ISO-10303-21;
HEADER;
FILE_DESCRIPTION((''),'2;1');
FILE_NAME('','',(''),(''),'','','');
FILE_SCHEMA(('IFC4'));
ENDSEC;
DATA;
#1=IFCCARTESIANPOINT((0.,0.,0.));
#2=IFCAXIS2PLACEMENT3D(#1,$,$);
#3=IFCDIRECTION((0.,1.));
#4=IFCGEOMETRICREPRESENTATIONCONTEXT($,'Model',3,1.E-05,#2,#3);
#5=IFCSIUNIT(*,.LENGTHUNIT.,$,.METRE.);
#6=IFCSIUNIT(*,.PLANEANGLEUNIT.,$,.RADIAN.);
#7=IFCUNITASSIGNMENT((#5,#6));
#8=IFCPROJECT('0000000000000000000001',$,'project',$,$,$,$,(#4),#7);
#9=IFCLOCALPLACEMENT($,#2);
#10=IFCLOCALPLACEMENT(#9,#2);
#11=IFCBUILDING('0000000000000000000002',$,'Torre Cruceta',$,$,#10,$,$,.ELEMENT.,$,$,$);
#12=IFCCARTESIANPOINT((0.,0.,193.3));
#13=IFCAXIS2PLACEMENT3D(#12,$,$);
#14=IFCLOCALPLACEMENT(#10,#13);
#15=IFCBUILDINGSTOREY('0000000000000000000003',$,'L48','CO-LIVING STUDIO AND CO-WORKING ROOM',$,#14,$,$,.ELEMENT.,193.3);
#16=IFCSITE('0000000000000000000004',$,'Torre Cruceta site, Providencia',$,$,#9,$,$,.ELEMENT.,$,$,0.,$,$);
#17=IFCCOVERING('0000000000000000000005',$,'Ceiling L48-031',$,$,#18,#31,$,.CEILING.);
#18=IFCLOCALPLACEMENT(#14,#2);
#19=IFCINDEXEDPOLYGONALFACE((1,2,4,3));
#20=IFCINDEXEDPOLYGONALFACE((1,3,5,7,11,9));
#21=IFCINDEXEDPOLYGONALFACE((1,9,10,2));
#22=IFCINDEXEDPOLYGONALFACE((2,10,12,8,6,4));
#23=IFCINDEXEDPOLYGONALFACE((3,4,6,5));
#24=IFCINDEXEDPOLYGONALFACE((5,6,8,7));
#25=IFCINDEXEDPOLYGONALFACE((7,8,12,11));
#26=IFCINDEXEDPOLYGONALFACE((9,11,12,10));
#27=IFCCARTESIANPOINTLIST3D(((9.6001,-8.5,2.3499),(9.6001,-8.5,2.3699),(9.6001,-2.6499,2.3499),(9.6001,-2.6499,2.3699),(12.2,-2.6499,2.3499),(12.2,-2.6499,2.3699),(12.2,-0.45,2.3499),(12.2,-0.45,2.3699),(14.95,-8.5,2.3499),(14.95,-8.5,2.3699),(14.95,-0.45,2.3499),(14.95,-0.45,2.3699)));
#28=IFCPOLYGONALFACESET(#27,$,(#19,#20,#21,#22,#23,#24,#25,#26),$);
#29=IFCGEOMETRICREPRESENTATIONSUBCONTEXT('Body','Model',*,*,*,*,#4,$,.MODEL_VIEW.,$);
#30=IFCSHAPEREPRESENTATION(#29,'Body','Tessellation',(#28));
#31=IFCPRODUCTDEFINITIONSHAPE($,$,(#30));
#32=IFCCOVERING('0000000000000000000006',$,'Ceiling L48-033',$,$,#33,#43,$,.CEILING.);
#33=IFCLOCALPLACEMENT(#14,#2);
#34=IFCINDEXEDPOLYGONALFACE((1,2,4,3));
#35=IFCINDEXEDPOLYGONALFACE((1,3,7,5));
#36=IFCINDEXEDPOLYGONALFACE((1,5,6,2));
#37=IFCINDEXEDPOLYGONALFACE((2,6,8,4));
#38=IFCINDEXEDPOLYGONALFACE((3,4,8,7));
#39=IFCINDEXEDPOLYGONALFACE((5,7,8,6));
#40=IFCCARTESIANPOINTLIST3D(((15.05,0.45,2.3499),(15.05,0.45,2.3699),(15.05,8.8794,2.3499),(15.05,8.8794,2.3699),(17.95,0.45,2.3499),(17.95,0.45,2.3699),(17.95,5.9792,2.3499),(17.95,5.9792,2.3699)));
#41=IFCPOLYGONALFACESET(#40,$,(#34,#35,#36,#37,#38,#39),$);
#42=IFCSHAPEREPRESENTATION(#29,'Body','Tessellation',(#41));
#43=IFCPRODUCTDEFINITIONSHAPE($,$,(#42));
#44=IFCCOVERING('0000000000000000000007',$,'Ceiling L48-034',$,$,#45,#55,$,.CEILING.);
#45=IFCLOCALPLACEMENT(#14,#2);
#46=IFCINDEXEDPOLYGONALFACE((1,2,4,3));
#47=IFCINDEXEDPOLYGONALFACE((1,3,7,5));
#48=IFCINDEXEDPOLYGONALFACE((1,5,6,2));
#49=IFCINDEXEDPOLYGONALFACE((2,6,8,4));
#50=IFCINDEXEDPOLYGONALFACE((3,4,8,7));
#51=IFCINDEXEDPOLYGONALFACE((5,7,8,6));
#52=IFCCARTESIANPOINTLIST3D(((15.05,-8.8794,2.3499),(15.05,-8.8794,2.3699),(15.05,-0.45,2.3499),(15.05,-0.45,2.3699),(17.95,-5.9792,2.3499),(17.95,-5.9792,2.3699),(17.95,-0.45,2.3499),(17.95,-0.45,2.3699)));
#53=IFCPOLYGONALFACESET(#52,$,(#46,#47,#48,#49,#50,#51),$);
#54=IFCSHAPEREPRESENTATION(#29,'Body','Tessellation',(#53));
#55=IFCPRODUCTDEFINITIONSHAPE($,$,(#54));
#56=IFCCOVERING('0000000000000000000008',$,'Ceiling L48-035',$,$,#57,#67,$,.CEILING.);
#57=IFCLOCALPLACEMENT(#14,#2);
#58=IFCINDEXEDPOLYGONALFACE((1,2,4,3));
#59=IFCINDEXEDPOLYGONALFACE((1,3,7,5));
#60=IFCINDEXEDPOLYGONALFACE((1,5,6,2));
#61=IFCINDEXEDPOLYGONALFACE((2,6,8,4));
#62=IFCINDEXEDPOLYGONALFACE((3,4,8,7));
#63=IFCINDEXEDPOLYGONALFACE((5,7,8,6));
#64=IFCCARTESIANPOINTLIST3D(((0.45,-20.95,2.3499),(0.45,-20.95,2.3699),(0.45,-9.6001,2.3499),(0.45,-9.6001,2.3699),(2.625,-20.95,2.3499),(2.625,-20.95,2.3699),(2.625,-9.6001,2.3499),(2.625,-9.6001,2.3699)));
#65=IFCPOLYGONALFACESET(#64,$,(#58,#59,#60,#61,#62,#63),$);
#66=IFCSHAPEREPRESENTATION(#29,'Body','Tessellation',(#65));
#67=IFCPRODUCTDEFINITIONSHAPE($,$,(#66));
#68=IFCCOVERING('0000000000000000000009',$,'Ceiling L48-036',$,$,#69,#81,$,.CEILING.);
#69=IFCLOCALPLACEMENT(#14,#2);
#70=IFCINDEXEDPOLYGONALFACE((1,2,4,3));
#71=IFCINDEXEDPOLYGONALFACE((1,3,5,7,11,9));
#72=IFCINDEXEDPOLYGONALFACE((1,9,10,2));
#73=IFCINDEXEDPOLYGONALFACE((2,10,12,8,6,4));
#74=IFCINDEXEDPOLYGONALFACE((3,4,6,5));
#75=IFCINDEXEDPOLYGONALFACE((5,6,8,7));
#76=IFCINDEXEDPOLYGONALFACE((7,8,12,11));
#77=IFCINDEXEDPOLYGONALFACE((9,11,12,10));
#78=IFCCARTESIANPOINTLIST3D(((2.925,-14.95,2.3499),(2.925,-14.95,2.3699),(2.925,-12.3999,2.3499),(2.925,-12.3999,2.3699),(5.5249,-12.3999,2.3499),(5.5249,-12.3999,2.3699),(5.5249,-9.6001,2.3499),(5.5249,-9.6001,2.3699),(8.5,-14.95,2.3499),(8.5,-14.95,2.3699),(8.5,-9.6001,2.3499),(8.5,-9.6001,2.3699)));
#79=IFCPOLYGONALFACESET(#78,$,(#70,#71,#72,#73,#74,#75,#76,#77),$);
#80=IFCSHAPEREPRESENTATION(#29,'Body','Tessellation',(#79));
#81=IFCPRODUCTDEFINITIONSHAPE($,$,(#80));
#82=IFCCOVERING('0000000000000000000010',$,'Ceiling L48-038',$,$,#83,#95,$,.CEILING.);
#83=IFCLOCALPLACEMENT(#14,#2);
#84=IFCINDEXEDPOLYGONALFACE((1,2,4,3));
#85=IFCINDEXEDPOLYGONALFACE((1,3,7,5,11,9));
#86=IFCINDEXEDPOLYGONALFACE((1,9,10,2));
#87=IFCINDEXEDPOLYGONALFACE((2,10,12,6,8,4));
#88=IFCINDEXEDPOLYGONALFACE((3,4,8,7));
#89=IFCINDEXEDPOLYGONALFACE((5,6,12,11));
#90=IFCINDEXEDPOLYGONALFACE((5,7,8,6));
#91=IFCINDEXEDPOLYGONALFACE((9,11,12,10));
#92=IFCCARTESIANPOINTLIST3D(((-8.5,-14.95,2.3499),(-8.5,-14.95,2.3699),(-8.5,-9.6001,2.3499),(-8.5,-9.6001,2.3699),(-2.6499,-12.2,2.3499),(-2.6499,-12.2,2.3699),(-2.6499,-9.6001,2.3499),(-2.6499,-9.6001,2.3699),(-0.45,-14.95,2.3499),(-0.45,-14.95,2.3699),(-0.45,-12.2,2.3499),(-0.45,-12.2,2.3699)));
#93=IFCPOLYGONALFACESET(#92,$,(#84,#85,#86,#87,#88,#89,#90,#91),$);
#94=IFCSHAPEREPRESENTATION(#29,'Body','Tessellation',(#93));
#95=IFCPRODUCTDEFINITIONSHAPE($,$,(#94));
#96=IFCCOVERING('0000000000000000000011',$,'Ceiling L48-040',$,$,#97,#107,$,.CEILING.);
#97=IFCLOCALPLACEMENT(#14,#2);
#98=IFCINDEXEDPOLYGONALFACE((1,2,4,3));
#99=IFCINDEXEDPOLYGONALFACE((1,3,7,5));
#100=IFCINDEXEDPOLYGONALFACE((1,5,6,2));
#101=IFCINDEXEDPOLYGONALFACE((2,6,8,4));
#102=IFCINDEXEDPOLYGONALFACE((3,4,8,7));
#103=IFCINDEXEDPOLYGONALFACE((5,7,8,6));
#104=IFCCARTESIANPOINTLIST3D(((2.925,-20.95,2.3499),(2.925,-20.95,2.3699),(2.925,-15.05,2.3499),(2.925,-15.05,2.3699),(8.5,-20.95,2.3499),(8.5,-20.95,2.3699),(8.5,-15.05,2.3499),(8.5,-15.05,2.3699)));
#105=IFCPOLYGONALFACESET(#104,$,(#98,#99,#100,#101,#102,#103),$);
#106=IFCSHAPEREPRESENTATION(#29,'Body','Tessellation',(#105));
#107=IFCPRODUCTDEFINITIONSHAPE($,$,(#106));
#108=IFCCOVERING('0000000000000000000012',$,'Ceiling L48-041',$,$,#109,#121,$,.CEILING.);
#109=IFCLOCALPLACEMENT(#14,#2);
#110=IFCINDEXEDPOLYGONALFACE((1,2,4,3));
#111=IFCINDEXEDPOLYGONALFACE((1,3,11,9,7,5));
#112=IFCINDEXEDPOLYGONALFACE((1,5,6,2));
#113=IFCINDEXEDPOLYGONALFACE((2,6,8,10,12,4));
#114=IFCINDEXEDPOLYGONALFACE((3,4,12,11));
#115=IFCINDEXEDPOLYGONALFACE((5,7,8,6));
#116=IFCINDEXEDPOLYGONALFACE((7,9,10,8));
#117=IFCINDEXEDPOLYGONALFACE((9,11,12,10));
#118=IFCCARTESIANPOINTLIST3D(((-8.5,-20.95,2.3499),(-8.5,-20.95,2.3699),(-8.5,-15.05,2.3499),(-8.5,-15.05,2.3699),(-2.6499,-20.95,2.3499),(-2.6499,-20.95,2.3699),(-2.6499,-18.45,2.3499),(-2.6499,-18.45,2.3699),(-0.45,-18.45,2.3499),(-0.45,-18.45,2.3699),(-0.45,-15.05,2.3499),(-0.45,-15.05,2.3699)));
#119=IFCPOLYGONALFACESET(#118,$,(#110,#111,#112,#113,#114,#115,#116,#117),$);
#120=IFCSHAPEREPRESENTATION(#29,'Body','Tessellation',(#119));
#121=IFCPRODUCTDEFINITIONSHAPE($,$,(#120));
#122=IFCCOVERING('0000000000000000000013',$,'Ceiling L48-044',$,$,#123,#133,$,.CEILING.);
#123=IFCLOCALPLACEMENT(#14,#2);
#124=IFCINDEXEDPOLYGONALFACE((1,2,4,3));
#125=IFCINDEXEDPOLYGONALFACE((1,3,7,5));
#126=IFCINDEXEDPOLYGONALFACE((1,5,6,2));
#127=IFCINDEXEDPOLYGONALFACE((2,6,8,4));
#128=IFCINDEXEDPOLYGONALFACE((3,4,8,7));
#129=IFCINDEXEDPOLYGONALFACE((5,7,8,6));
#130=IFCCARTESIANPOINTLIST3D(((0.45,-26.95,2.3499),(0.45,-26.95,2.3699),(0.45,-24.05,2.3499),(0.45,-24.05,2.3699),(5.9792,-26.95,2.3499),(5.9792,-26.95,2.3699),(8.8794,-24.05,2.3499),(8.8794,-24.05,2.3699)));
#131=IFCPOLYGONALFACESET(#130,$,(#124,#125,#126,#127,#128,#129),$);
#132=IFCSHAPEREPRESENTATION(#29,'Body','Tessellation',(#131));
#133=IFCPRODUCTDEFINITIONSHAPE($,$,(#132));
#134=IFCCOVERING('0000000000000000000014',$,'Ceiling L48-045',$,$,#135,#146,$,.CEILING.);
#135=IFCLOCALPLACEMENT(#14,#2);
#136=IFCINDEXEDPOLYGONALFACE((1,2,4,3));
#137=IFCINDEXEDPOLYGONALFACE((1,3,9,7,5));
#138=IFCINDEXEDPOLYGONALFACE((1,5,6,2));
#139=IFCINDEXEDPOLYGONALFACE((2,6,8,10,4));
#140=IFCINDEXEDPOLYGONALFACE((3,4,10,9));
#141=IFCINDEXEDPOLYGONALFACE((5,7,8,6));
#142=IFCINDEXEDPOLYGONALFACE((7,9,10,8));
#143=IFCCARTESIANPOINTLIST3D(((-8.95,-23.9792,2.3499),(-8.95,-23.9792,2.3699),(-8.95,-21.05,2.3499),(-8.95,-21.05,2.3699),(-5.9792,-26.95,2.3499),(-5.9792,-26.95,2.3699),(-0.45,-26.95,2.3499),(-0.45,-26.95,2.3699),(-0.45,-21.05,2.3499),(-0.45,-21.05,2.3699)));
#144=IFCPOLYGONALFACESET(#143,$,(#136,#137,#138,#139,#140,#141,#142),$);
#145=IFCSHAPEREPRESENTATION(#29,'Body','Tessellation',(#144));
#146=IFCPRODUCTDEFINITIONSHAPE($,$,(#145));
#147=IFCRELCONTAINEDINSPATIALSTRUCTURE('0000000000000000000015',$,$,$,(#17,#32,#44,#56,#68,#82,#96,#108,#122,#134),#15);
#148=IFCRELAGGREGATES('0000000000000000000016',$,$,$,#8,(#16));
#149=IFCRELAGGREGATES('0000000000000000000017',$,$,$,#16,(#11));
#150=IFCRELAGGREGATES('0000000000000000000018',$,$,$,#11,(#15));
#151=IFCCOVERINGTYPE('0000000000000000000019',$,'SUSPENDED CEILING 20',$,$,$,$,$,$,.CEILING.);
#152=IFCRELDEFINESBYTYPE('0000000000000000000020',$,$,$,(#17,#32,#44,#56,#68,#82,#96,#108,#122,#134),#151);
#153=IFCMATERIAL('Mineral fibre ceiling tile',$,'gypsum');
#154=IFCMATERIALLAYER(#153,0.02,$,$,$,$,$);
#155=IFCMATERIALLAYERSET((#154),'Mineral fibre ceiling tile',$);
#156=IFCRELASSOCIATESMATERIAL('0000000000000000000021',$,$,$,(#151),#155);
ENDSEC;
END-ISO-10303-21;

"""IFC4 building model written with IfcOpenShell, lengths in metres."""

from ifc_helpers import new_model, si_unit, direction, frame, origin, place, context, subcontext, project, spatial, polyline, outline, extrude, material, layer, layer_set, type_object, element, save


model = new_model("IFC4")

# Units and contexts
model_context = context("Model", 3, precision=1e-05, world=origin(), true_north=direction((0.0, 1.0)))
body_context = subcontext(model_context, "Body", "Model", "MODEL_VIEW")
ifc_project = project(units=[si_unit("LENGTHUNIT", "METRE"), si_unit("PLANEANGLEUNIT", "RADIAN")], contexts=[model_context])

# Site, building, storey
site_placement = place(None, origin())
site = spatial("IfcSite", under=ifc_project, at=site_placement, Name="Torre Cruceta site, Providencia", CompositionType="ELEMENT", RefElevation=0.0)
building_placement = place(site_placement, origin())
building = spatial("IfcBuilding", under=site, at=building_placement, Name="Torre Cruceta", CompositionType="ELEMENT")
storey_placement = place(building_placement, frame((0.0, 0.0, 193.3)))
storey = spatial("IfcBuildingStorey", under=building, at=storey_placement, Name="L48", Description="CO-LIVING STUDIO AND CO-WORKING ROOM", CompositionType="ELEMENT", Elevation=193.3)

# Coverings
ifc_material_1 = material(Name="Mineral fibre ceiling tile", Category="gypsum")
ifc_layer_1 = layer(ifc_material_1, 0.02)
ifc_layer_set_1 = layer_set([ifc_layer_1], Name="Mineral fibre ceiling tile")
covering_type_1 = type_object("IfcCoveringType", Name="SUSPENDED CEILING 20", PredefinedType="CEILING", material=ifc_layer_set_1)
covering_1_placement = place(storey_placement, frame((0.0, 0.0, 2.3499)))
element("IfcCovering", 1, at=covering_1_placement, inside=storey, type_object=covering_type_1, Name="Ceiling L48-031", PredefinedType="CEILING", context=body_context, shape_type="SweptSolid", body=[
    extrude(outline(polyline([(14.95, -0.45), (14.95, -8.5), (9.6001, -8.5), (9.6001, -2.6499), (12.2, -2.6499), (12.2, -0.45), (14.95, -0.45)])), origin(), (0.0, 0.0, 1.0), 0.02),
])
covering_2_placement = place(storey_placement, frame((0.0, 0.0, 2.3499)))
element("IfcCovering", 2, at=covering_2_placement, inside=storey, type_object=covering_type_1, Name="Ceiling L48-033", PredefinedType="CEILING", context=body_context, shape_type="SweptSolid", body=[
    extrude(outline(polyline([(17.95, 5.9792), (17.95, 0.45), (15.05, 0.45), (15.05, 8.8794), (17.95, 5.9792)])), origin(), (0.0, 0.0, 1.0), 0.02),
])
covering_3_placement = place(storey_placement, frame((0.0, 0.0, 2.3499)))
element("IfcCovering", 3, at=covering_3_placement, inside=storey, type_object=covering_type_1, Name="Ceiling L48-034", PredefinedType="CEILING", context=body_context, shape_type="SweptSolid", body=[
    extrude(outline(polyline([(15.05, -8.8794), (15.05, -0.45), (17.95, -0.45), (17.95, -5.9792), (15.05, -8.8794)])), origin(), (0.0, 0.0, 1.0), 0.02),
])
covering_4_placement = place(storey_placement, frame((0.0, 0.0, 2.3499)))
element("IfcCovering", 4, at=covering_4_placement, inside=storey, type_object=covering_type_1, Name="Ceiling L48-035", PredefinedType="CEILING", context=body_context, shape_type="SweptSolid", body=[
    extrude(outline(polyline([(0.45, -9.6001), (2.625, -9.6001), (2.625, -20.95), (0.45, -20.95), (0.45, -9.6001)])), origin(), (0.0, 0.0, 1.0), 0.02),
])
covering_5_placement = place(storey_placement, frame((0.0, 0.0, 2.3499)))
element("IfcCovering", 5, at=covering_5_placement, inside=storey, type_object=covering_type_1, Name="Ceiling L48-036", PredefinedType="CEILING", context=body_context, shape_type="SweptSolid", body=[
    extrude(outline(polyline([(8.5, -9.6001), (8.5, -14.95), (2.925, -14.95), (2.925, -12.3999), (5.5249, -12.3999), (5.5249, -9.6001), (8.5, -9.6001)])), origin(), (0.0, 0.0, 1.0), 0.02),
])
covering_6_placement = place(storey_placement, frame((0.0, 0.0, 2.3499)))
element("IfcCovering", 6, at=covering_6_placement, inside=storey, type_object=covering_type_1, Name="Ceiling L48-038", PredefinedType="CEILING", context=body_context, shape_type="SweptSolid", body=[
    extrude(outline(polyline([(-0.45, -14.95), (-8.5, -14.95), (-8.5, -9.6001), (-2.6499, -9.6001), (-2.6499, -12.2), (-0.45, -12.2), (-0.45, -14.95)])), origin(), (0.0, 0.0, 1.0), 0.02),
])
covering_7_placement = place(storey_placement, frame((0.0, 0.0, 2.3499)))
element("IfcCovering", 7, at=covering_7_placement, inside=storey, type_object=covering_type_1, Name="Ceiling L48-040", PredefinedType="CEILING", context=body_context, shape_type="SweptSolid", body=[
    extrude(outline(polyline([(2.925, -15.05), (8.5, -15.05), (8.5, -20.95), (2.925, -20.95), (2.925, -15.05)])), origin(), (0.0, 0.0, 1.0), 0.02),
])
covering_8_placement = place(storey_placement, frame((0.0, 0.0, 2.3499)))
element("IfcCovering", 8, at=covering_8_placement, inside=storey, type_object=covering_type_1, Name="Ceiling L48-041", PredefinedType="CEILING", context=body_context, shape_type="SweptSolid", body=[
    extrude(outline(polyline([(-8.5, -20.95), (-8.5, -15.05), (-0.45, -15.05), (-0.45, -18.45), (-2.6499, -18.45), (-2.6499, -20.95), (-8.5, -20.95)])), origin(), (0.0, 0.0, 1.0), 0.02),
])
covering_9_placement = place(storey_placement, frame((0.0, 0.0, 2.3499)))
element("IfcCovering", 9, at=covering_9_placement, inside=storey, type_object=covering_type_1, Name="Ceiling L48-044", PredefinedType="CEILING", context=body_context, shape_type="SweptSolid", body=[
    extrude(outline(polyline([(0.45, -26.95), (0.45, -24.05), (8.8794, -24.05), (5.9792, -26.95), (0.45, -26.95)])), origin(), (0.0, 0.0, 1.0), 0.02),
])
covering_10_placement = place(storey_placement, frame((0.0, 0.0, 2.3499)))
element("IfcCovering", 10, at=covering_10_placement, inside=storey, type_object=covering_type_1, Name="Ceiling L48-045", PredefinedType="CEILING", context=body_context, shape_type="SweptSolid", body=[
    extrude(outline(polyline([(-8.95, -23.9792), (-8.95, -21.05), (-0.45, -21.05), (-0.45, -26.95), (-5.9792, -26.95), (-8.95, -23.9792)])), origin(), (0.0, 0.0, 1.0), 0.02),
])

save(model, "model.ifc")
